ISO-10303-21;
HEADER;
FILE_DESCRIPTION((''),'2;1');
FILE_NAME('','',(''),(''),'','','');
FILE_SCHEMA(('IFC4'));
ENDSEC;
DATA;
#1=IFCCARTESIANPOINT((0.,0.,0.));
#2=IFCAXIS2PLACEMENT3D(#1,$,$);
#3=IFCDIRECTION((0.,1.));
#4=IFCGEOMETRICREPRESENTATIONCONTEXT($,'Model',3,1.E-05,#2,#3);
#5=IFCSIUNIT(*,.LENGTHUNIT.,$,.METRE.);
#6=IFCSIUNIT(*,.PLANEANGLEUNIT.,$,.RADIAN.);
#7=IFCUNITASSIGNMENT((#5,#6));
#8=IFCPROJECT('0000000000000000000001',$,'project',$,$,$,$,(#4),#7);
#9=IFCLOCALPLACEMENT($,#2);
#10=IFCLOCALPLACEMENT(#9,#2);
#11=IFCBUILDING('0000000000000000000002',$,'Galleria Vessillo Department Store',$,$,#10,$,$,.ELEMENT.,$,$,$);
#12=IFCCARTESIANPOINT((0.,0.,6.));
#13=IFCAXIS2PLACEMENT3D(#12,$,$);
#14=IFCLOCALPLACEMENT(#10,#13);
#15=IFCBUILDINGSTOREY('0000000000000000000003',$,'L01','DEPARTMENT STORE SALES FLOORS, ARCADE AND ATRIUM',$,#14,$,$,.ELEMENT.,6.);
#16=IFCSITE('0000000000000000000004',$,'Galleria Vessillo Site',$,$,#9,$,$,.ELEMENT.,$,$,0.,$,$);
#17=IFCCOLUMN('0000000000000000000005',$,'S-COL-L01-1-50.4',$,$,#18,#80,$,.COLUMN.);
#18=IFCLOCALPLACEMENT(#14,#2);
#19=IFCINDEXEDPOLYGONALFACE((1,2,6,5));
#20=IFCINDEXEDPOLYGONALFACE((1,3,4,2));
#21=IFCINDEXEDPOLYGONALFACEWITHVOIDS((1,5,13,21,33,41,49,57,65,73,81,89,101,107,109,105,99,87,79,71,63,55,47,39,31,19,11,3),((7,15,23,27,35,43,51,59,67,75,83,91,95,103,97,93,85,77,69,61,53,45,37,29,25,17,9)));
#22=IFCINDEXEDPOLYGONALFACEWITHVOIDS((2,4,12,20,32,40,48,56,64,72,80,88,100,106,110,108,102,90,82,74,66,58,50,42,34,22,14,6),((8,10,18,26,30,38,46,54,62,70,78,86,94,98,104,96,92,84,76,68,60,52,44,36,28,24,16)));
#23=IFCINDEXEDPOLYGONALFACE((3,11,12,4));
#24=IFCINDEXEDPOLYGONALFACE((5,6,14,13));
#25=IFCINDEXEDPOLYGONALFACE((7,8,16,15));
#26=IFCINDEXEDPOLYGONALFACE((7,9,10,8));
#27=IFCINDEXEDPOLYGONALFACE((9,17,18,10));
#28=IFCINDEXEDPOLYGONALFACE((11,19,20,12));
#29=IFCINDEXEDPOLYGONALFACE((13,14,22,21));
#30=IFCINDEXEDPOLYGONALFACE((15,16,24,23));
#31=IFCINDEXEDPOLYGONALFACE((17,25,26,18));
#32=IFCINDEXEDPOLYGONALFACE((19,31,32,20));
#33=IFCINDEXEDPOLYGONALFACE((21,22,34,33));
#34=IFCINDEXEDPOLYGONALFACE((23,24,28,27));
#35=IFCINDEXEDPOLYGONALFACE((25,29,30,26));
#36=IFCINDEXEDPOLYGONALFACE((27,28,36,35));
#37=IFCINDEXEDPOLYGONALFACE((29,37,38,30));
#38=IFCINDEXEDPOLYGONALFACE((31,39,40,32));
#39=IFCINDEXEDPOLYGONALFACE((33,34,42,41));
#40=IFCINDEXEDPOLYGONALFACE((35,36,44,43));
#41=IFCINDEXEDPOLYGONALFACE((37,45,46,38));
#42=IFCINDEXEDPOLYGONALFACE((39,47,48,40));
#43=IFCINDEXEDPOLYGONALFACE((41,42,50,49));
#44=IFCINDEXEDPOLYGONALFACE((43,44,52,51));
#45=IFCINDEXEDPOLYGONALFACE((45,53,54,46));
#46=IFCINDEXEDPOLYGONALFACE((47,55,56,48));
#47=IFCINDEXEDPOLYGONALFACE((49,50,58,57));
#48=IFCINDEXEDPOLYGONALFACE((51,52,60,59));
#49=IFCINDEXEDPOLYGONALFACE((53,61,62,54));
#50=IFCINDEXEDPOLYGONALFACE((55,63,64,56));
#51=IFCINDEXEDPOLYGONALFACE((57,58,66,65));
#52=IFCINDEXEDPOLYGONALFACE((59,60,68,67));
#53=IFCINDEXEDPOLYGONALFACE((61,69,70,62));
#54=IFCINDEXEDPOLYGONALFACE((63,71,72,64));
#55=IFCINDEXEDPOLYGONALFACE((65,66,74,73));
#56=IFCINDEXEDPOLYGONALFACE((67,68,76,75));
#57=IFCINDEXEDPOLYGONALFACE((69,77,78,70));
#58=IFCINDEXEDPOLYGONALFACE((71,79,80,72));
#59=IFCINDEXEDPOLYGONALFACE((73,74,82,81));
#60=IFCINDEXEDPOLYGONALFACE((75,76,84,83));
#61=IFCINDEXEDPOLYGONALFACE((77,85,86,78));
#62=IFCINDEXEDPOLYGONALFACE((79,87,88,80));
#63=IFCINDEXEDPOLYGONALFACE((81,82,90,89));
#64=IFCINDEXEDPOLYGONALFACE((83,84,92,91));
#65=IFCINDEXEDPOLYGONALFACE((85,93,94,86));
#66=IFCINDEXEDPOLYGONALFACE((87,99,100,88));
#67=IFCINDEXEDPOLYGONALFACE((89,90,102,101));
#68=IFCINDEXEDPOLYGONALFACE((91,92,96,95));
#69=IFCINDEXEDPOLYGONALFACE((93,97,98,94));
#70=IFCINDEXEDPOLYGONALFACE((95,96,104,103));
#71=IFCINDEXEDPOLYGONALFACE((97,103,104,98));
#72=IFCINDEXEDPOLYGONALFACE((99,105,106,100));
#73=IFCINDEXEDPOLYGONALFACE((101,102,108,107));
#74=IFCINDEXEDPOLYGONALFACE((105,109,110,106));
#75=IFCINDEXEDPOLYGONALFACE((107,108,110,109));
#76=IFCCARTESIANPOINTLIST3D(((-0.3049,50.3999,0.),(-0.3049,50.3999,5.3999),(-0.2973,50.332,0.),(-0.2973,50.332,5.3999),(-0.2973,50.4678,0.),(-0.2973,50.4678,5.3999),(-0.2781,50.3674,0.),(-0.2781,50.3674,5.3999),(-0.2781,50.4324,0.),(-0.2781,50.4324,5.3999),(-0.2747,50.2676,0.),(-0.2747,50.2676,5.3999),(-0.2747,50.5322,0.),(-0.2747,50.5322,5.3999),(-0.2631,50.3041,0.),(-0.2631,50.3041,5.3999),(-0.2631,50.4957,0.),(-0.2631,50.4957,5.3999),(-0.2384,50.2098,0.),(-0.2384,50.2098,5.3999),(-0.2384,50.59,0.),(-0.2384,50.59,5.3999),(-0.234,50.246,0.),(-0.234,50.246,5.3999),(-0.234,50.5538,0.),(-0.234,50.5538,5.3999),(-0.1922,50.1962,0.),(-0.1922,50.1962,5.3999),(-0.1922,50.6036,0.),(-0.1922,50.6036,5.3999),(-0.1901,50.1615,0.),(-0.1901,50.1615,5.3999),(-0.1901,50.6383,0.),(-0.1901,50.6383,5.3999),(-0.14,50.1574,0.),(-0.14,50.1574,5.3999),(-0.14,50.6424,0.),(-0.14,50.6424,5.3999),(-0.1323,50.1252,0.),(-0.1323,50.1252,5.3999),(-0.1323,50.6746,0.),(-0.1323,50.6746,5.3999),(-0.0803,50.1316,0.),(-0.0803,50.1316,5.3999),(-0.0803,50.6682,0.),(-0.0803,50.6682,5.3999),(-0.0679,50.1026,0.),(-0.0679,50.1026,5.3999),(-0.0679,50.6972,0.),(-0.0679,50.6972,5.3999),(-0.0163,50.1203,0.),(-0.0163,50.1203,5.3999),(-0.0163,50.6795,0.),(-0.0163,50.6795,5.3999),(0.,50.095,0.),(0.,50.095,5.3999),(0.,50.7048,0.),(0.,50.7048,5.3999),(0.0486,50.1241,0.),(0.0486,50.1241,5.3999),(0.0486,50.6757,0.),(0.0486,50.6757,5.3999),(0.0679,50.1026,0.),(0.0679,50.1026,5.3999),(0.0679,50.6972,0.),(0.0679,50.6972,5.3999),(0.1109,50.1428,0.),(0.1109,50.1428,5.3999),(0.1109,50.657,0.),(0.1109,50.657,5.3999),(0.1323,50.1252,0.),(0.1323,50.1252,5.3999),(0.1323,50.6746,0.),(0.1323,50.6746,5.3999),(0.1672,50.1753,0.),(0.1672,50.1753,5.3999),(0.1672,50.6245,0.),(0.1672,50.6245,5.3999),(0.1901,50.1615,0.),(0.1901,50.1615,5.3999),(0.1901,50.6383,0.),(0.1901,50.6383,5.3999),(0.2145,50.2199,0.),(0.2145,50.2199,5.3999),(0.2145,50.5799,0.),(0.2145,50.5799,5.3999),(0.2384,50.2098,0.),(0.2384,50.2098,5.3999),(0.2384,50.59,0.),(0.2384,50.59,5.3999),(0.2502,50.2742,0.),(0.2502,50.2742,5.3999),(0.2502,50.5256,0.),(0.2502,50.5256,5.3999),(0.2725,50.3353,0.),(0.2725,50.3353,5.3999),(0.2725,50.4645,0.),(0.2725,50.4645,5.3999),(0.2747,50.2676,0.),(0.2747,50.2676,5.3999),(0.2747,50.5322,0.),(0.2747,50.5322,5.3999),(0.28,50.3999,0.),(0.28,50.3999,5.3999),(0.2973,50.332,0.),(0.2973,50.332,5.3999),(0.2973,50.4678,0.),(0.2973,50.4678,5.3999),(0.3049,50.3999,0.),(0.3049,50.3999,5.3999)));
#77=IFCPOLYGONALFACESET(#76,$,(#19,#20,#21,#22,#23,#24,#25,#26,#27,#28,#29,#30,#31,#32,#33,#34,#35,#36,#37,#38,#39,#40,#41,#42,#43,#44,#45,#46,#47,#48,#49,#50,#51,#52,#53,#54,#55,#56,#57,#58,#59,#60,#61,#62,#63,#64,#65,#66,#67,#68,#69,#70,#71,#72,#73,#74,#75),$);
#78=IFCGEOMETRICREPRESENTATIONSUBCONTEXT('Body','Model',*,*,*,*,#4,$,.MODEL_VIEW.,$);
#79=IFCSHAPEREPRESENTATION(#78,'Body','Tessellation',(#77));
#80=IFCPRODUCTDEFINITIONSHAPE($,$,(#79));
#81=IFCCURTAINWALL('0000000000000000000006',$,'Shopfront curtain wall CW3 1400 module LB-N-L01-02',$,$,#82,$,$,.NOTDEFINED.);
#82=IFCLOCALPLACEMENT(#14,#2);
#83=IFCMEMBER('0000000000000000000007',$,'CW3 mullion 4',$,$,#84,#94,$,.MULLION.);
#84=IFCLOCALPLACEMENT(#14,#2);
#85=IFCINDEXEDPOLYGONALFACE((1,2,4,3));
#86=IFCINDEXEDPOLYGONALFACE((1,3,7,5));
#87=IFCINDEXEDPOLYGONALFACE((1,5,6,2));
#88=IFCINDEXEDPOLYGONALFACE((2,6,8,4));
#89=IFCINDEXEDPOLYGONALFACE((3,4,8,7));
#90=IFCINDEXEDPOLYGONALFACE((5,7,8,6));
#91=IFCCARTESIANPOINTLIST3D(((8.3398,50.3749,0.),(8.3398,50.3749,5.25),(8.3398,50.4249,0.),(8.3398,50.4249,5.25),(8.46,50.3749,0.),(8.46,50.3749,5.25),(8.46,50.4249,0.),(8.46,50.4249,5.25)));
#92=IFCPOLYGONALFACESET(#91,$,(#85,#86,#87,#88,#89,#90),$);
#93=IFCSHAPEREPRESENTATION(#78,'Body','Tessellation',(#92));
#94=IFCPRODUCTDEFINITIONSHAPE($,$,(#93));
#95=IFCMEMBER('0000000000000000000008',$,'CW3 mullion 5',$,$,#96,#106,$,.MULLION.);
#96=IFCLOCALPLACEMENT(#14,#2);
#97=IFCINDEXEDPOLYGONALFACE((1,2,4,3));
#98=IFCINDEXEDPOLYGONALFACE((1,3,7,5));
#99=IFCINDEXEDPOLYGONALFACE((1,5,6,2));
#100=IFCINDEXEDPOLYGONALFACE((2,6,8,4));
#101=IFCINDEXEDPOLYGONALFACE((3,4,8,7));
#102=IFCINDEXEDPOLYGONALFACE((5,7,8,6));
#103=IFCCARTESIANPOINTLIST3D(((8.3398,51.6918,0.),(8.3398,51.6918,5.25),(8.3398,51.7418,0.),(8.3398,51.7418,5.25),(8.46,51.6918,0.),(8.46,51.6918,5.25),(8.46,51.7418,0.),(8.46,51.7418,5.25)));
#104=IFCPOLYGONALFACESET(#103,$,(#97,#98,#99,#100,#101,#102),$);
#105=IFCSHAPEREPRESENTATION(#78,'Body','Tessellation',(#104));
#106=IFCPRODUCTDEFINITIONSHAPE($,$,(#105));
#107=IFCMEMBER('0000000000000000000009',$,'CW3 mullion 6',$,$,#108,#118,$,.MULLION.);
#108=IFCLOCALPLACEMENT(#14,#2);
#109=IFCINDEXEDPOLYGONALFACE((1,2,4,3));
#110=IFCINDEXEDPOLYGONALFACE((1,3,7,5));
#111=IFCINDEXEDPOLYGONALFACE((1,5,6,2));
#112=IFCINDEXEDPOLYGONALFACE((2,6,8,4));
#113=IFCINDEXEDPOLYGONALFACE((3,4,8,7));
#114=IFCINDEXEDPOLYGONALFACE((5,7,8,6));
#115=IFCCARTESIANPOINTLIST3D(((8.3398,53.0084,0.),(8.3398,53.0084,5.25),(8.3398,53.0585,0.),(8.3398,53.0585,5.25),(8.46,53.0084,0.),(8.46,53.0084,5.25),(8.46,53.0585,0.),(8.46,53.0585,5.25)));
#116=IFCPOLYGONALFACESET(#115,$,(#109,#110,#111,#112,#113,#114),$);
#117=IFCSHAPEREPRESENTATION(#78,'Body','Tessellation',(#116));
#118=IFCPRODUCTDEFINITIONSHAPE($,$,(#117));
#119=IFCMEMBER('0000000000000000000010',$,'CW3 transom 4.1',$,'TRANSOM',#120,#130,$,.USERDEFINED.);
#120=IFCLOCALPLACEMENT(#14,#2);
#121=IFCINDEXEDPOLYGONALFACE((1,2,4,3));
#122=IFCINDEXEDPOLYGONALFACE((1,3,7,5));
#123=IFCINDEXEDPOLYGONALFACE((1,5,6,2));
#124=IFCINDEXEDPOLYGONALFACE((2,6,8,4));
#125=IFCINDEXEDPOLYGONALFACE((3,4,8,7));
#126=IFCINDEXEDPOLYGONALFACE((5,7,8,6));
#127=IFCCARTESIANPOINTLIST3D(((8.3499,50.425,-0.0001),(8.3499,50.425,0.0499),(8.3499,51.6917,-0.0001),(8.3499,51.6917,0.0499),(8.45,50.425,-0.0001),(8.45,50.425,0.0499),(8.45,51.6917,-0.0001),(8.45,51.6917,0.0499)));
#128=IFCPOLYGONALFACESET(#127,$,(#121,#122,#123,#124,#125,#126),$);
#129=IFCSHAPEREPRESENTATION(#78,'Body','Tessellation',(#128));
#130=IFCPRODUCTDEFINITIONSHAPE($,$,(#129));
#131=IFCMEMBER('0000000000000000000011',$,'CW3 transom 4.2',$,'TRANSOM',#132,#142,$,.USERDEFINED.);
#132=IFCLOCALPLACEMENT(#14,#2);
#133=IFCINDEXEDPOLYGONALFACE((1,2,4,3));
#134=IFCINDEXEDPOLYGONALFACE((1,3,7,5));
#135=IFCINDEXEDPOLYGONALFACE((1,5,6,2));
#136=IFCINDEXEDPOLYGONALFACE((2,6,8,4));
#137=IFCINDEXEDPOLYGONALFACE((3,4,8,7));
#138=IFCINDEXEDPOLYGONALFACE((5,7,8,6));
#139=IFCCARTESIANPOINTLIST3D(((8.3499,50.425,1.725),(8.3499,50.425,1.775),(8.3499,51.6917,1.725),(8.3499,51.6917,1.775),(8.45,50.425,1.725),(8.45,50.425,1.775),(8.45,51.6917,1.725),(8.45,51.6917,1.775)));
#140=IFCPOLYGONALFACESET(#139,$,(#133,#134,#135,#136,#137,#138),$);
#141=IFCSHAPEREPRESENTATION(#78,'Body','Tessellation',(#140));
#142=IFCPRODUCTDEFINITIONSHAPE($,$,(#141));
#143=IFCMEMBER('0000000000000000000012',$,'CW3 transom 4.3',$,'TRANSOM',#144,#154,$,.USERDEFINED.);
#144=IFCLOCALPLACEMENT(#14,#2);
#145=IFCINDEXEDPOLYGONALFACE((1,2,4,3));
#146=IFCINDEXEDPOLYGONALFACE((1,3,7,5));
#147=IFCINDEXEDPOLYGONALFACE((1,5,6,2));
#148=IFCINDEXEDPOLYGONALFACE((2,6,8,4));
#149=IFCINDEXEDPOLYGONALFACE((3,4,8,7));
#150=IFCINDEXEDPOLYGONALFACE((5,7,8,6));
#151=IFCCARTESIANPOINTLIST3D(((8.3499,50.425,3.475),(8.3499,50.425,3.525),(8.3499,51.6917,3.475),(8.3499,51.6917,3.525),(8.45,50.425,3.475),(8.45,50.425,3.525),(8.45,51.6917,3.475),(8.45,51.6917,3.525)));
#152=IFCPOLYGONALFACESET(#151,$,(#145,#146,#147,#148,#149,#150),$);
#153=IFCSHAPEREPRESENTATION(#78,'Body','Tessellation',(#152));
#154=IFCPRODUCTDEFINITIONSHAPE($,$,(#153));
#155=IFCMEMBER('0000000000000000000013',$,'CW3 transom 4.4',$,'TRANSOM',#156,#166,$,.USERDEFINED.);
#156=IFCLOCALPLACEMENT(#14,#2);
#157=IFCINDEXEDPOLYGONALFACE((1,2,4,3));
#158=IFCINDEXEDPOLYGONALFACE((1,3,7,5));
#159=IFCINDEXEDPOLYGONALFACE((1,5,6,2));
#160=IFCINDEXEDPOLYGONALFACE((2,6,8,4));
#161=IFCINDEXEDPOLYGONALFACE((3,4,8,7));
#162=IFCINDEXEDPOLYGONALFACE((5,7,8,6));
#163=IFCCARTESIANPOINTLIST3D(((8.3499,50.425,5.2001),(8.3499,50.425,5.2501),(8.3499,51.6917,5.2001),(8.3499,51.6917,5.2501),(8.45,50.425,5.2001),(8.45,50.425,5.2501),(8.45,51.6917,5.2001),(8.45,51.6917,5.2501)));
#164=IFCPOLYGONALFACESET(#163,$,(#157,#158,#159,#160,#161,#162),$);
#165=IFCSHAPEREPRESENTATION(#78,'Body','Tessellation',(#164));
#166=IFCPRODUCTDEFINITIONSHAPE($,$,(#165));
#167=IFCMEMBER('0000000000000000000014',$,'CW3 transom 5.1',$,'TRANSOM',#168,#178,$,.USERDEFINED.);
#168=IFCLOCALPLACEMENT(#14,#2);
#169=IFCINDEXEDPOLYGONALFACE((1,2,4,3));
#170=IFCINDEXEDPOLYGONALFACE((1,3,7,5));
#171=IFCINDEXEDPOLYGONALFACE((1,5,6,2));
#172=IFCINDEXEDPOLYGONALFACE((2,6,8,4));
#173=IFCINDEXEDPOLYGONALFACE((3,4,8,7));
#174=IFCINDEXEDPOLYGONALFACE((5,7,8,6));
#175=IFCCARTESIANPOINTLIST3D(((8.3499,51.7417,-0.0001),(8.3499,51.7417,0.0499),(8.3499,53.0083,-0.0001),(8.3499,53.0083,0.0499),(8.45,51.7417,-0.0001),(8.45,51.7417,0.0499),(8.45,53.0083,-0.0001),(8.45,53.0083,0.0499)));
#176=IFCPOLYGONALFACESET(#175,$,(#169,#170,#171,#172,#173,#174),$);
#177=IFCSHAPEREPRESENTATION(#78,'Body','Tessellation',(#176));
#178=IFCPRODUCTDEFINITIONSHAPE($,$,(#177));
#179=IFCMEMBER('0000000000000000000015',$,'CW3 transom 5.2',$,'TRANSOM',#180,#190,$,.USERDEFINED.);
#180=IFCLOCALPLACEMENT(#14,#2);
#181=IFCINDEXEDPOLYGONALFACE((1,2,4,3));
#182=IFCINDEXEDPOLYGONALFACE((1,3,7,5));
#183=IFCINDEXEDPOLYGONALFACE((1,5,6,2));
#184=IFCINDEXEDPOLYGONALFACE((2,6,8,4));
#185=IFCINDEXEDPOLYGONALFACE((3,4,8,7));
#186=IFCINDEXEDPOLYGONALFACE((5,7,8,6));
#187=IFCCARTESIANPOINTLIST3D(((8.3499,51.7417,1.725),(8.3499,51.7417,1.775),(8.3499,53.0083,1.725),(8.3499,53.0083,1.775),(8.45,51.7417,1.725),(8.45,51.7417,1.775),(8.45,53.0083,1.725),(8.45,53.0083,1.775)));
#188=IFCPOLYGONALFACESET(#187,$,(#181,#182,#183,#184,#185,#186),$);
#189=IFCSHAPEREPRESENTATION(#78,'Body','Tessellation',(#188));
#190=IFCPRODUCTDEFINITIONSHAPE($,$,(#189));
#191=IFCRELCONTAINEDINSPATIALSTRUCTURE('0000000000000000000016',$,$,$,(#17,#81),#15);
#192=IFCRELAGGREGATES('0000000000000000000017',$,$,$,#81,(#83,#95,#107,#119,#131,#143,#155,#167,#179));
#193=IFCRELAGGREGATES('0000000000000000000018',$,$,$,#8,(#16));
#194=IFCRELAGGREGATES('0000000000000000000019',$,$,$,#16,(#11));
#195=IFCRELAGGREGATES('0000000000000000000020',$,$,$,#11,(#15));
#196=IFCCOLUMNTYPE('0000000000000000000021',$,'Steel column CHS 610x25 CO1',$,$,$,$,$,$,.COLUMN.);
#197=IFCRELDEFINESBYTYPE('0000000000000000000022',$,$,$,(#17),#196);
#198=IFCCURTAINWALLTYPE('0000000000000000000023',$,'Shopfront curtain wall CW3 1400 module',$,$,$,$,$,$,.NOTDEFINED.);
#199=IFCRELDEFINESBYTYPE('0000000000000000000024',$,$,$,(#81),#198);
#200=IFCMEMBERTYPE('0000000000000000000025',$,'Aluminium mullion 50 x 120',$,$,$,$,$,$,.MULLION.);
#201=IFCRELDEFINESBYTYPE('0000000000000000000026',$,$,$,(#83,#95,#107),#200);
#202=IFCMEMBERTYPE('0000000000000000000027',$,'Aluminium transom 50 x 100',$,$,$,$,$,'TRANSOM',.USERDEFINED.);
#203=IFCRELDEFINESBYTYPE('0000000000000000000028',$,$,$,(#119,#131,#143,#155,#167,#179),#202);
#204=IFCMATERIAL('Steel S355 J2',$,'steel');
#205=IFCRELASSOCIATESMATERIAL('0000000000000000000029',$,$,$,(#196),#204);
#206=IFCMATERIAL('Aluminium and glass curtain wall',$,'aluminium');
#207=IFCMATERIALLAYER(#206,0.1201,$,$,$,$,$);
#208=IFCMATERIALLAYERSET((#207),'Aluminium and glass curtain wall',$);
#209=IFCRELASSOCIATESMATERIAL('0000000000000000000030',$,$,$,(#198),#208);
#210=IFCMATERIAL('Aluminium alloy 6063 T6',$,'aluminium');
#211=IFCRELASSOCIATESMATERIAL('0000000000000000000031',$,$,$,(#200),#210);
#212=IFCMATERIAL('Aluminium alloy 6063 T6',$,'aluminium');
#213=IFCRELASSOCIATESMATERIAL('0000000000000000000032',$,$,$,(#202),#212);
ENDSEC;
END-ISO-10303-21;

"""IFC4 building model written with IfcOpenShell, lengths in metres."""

from ifc_helpers import new_model, si_unit, direction, frame, origin, origin_2d, place, context, subcontext, project, spatial, rectangle, hollow_circle, extrude, material, layer, layer_set, material_profile, profile_set, type_object, element, aggregate, save


model = new_model("IFC4")

# Units and contexts
model_context = context("Model", 3, precision=1e-05, world=origin(), true_north=direction((0.0, 1.0)))
body_context = subcontext(model_context, "Body", "Model", "MODEL_VIEW")
ifc_project = project(units=[si_unit("LENGTHUNIT", "METRE"), si_unit("PLANEANGLEUNIT", "RADIAN")], contexts=[model_context])

# Site, building, storey
site_placement = place(None, origin())
site = spatial("IfcSite", under=ifc_project, at=site_placement, Name="Galleria Vessillo Site", CompositionType="ELEMENT", RefElevation=0.0)
building_placement = place(site_placement, origin())
building = spatial("IfcBuilding", under=site, at=building_placement, Name="Galleria Vessillo Department Store", CompositionType="ELEMENT")
storey_placement = place(building_placement, frame((0.0, 0.0, 6.0)))
storey = spatial("IfcBuildingStorey", under=building, at=storey_placement, Name="L01", Description="DEPARTMENT STORE SALES FLOORS, ARCADE AND ATRIUM", CompositionType="ELEMENT", Elevation=6.0)

# Column
ifc_material_1 = material(Name="Steel S355 J2", Category="steel")
ifc_material_profile_1 = material_profile(ifc_material_1, hollow_circle(Radius=0.3049, WallThickness=0.0249, at=origin_2d()), Name="CHS 610x25")
ifc_profile_set_1 = profile_set([ifc_material_profile_1], Name="Steel S355 J2")
column_type = type_object("IfcColumnType", Name="Steel column CHS 610x25 CO1", PredefinedType="COLUMN", material=ifc_profile_set_1)
column_placement = place(storey_placement, frame((0.0, 50.3999, 0.0), z_axis=(0.0, 0.0, 1.0), x_axis=(1.0, 0.0, 0.0)))
element("IfcColumn", 1, at=column_placement, inside=storey, type_object=column_type, Name="S-COL-L01-1-50.4", PredefinedType="COLUMN", context=body_context, shape_type="SweptSolid", body=[
    extrude(hollow_circle(Radius=0.3049, WallThickness=0.0249, at=origin_2d()), origin(), (0.0, 0.0, 1.0), 5.3999),
])

# Curtain wall, members
ifc_material_2 = material(Name="Aluminium and glass curtain wall", Category="aluminium")
ifc_layer_1 = layer(ifc_material_2, 0.1201)
ifc_layer_set_1 = layer_set([ifc_layer_1], Name="Aluminium and glass curtain wall")
curtain_wall_type = type_object("IfcCurtainWallType", Name="Shopfront curtain wall CW3 1400 module", PredefinedType="NOTDEFINED", material=ifc_layer_set_1)
curtain_wall_placement = place(storey_placement, origin())
curtain_wall = element("IfcCurtainWall", 2, at=curtain_wall_placement, inside=storey, type_object=curtain_wall_type, Name="Shopfront curtain wall CW3 1400 module LB-N-L01-02", PredefinedType="NOTDEFINED")
ifc_material_3 = material(Name="Aluminium alloy 6063 T6", Category="aluminium")
ifc_material_profile_2 = material_profile(ifc_material_3, rectangle(XDim=0.1201, YDim=0.05, at=origin_2d()), Name="AL 50x120")
ifc_profile_set_2 = profile_set([ifc_material_profile_2], Name="Aluminium alloy 6063 T6")
member_type_1 = type_object("IfcMemberType", Name="Aluminium mullion 50 x 120", PredefinedType="MULLION", material=ifc_profile_set_2)
member_1_placement = place(storey_placement, frame((8.3999, 50.3999, 0.0), z_axis=(0.0, 0.0, 1.0), x_axis=(-1.0, 0.0, 0.0)))
member_1 = element("IfcMember", 3, at=member_1_placement, type_object=member_type_1, Name="CW3 mullion 4", PredefinedType="MULLION", context=body_context, shape_type="SweptSolid", body=[
    extrude(rectangle(XDim=0.1201, YDim=0.05, at=origin_2d()), origin(), (0.0, 0.0, 1.0), 5.25),
])
member_2_placement = place(storey_placement, frame((8.3999, 51.7168, 0.0), z_axis=(0.0, 0.0, 1.0), x_axis=(-1.0, 0.0, 0.0)))
member_2 = element("IfcMember", 4, at=member_2_placement, type_object=member_type_1, Name="CW3 mullion 5", PredefinedType="MULLION", context=body_context, shape_type="SweptSolid", body=[
    extrude(rectangle(XDim=0.1201, YDim=0.05, at=origin_2d()), origin(), (0.0, 0.0, 1.0), 5.25),
])
member_3_placement = place(storey_placement, frame((8.3999, 53.0334, 0.0), z_axis=(0.0, 0.0, 1.0), x_axis=(-1.0, 0.0, 0.0)))
member_3 = element("IfcMember", 5, at=member_3_placement, type_object=member_type_1, Name="CW3 mullion 6", PredefinedType="MULLION", context=body_context, shape_type="SweptSolid", body=[
    extrude(rectangle(XDim=0.1201, YDim=0.05, at=origin_2d()), origin(), (0.0, 0.0, 1.0), 5.25),
])
ifc_material_4 = material(Name="Aluminium alloy 6063 T6", Category="aluminium")
ifc_material_profile_3 = material_profile(ifc_material_4, rectangle(XDim=0.1001, YDim=0.05, at=origin_2d()), Name="AL 50x100")
ifc_profile_set_3 = profile_set([ifc_material_profile_3], Name="Aluminium alloy 6063 T6")
member_type_2 = type_object("IfcMemberType", Name="Aluminium transom 50 x 100", ElementType="TRANSOM", PredefinedType="USERDEFINED", material=ifc_profile_set_3)
member_4_placement = place(storey_placement, frame((8.3999, 50.425, 0.0249), z_axis=(0.0, 1.0, 0.0), x_axis=(-1.0, 0.0, 0.0)))
member_4 = element("IfcMember", 6, at=member_4_placement, type_object=member_type_2, Name="CW3 transom 4.1", ObjectType="TRANSOM", PredefinedType="USERDEFINED", context=body_context, shape_type="SweptSolid", body=[
    extrude(rectangle(XDim=0.1001, YDim=0.05, at=origin_2d()), origin(), (0.0, 0.0, 1.0), 1.2666),
])
member_5_placement = place(storey_placement, frame((8.3999, 50.425, 1.75), z_axis=(0.0, 1.0, 0.0), x_axis=(-1.0, 0.0, 0.0)))
member_5 = element("IfcMember", 7, at=member_5_placement, type_object=member_type_2, Name="CW3 transom 4.2", ObjectType="TRANSOM", PredefinedType="USERDEFINED", context=body_context, shape_type="SweptSolid", body=[
    extrude(rectangle(XDim=0.1001, YDim=0.05, at=origin_2d()), origin(), (0.0, 0.0, 1.0), 1.2666),
])
member_6_placement = place(storey_placement, frame((8.3999, 50.425, 3.5), z_axis=(0.0, 1.0, 0.0), x_axis=(-1.0, 0.0, 0.0)))
member_6 = element("IfcMember", 8, at=member_6_placement, type_object=member_type_2, Name="CW3 transom 4.3", ObjectType="TRANSOM", PredefinedType="USERDEFINED", context=body_context, shape_type="SweptSolid", body=[
    extrude(rectangle(XDim=0.1001, YDim=0.05, at=origin_2d()), origin(), (0.0, 0.0, 1.0), 1.2666),
])
member_7_placement = place(storey_placement, frame((8.3999, 50.425, 5.2251), z_axis=(0.0, 1.0, 0.0), x_axis=(-1.0, 0.0, 0.0)))
member_7 = element("IfcMember", 9, at=member_7_placement, type_object=member_type_2, Name="CW3 transom 4.4", ObjectType="TRANSOM", PredefinedType="USERDEFINED", context=body_context, shape_type="SweptSolid", body=[
    extrude(rectangle(XDim=0.1001, YDim=0.05, at=origin_2d()), origin(), (0.0, 0.0, 1.0), 1.2666),
])
member_8_placement = place(storey_placement, frame((8.3999, 51.7417, 0.0249), z_axis=(0.0, 1.0, 0.0), x_axis=(-1.0, 0.0, 0.0)))
member_8 = element("IfcMember", 10, at=member_8_placement, type_object=member_type_2, Name="CW3 transom 5.1", ObjectType="TRANSOM", PredefinedType="USERDEFINED", context=body_context, shape_type="SweptSolid", body=[
    extrude(rectangle(XDim=0.1001, YDim=0.05, at=origin_2d()), origin(), (0.0, 0.0, 1.0), 1.2666),
])
member_9_placement = place(storey_placement, frame((8.3999, 51.7417, 1.75), z_axis=(0.0, 1.0, 0.0), x_axis=(-1.0, 0.0, 0.0)))
member_9 = element("IfcMember", 11, at=member_9_placement, type_object=member_type_2, Name="CW3 transom 5.2", ObjectType="TRANSOM", PredefinedType="USERDEFINED", context=body_context, shape_type="SweptSolid", body=[
    extrude(rectangle(XDim=0.1001, YDim=0.05, at=origin_2d()), origin(), (0.0, 0.0, 1.0), 1.2666),
])
aggregate(curtain_wall, [member_1, member_2, member_3, member_4, member_5, member_6, member_7, member_8, member_9])

save(model, "model.ifc")
